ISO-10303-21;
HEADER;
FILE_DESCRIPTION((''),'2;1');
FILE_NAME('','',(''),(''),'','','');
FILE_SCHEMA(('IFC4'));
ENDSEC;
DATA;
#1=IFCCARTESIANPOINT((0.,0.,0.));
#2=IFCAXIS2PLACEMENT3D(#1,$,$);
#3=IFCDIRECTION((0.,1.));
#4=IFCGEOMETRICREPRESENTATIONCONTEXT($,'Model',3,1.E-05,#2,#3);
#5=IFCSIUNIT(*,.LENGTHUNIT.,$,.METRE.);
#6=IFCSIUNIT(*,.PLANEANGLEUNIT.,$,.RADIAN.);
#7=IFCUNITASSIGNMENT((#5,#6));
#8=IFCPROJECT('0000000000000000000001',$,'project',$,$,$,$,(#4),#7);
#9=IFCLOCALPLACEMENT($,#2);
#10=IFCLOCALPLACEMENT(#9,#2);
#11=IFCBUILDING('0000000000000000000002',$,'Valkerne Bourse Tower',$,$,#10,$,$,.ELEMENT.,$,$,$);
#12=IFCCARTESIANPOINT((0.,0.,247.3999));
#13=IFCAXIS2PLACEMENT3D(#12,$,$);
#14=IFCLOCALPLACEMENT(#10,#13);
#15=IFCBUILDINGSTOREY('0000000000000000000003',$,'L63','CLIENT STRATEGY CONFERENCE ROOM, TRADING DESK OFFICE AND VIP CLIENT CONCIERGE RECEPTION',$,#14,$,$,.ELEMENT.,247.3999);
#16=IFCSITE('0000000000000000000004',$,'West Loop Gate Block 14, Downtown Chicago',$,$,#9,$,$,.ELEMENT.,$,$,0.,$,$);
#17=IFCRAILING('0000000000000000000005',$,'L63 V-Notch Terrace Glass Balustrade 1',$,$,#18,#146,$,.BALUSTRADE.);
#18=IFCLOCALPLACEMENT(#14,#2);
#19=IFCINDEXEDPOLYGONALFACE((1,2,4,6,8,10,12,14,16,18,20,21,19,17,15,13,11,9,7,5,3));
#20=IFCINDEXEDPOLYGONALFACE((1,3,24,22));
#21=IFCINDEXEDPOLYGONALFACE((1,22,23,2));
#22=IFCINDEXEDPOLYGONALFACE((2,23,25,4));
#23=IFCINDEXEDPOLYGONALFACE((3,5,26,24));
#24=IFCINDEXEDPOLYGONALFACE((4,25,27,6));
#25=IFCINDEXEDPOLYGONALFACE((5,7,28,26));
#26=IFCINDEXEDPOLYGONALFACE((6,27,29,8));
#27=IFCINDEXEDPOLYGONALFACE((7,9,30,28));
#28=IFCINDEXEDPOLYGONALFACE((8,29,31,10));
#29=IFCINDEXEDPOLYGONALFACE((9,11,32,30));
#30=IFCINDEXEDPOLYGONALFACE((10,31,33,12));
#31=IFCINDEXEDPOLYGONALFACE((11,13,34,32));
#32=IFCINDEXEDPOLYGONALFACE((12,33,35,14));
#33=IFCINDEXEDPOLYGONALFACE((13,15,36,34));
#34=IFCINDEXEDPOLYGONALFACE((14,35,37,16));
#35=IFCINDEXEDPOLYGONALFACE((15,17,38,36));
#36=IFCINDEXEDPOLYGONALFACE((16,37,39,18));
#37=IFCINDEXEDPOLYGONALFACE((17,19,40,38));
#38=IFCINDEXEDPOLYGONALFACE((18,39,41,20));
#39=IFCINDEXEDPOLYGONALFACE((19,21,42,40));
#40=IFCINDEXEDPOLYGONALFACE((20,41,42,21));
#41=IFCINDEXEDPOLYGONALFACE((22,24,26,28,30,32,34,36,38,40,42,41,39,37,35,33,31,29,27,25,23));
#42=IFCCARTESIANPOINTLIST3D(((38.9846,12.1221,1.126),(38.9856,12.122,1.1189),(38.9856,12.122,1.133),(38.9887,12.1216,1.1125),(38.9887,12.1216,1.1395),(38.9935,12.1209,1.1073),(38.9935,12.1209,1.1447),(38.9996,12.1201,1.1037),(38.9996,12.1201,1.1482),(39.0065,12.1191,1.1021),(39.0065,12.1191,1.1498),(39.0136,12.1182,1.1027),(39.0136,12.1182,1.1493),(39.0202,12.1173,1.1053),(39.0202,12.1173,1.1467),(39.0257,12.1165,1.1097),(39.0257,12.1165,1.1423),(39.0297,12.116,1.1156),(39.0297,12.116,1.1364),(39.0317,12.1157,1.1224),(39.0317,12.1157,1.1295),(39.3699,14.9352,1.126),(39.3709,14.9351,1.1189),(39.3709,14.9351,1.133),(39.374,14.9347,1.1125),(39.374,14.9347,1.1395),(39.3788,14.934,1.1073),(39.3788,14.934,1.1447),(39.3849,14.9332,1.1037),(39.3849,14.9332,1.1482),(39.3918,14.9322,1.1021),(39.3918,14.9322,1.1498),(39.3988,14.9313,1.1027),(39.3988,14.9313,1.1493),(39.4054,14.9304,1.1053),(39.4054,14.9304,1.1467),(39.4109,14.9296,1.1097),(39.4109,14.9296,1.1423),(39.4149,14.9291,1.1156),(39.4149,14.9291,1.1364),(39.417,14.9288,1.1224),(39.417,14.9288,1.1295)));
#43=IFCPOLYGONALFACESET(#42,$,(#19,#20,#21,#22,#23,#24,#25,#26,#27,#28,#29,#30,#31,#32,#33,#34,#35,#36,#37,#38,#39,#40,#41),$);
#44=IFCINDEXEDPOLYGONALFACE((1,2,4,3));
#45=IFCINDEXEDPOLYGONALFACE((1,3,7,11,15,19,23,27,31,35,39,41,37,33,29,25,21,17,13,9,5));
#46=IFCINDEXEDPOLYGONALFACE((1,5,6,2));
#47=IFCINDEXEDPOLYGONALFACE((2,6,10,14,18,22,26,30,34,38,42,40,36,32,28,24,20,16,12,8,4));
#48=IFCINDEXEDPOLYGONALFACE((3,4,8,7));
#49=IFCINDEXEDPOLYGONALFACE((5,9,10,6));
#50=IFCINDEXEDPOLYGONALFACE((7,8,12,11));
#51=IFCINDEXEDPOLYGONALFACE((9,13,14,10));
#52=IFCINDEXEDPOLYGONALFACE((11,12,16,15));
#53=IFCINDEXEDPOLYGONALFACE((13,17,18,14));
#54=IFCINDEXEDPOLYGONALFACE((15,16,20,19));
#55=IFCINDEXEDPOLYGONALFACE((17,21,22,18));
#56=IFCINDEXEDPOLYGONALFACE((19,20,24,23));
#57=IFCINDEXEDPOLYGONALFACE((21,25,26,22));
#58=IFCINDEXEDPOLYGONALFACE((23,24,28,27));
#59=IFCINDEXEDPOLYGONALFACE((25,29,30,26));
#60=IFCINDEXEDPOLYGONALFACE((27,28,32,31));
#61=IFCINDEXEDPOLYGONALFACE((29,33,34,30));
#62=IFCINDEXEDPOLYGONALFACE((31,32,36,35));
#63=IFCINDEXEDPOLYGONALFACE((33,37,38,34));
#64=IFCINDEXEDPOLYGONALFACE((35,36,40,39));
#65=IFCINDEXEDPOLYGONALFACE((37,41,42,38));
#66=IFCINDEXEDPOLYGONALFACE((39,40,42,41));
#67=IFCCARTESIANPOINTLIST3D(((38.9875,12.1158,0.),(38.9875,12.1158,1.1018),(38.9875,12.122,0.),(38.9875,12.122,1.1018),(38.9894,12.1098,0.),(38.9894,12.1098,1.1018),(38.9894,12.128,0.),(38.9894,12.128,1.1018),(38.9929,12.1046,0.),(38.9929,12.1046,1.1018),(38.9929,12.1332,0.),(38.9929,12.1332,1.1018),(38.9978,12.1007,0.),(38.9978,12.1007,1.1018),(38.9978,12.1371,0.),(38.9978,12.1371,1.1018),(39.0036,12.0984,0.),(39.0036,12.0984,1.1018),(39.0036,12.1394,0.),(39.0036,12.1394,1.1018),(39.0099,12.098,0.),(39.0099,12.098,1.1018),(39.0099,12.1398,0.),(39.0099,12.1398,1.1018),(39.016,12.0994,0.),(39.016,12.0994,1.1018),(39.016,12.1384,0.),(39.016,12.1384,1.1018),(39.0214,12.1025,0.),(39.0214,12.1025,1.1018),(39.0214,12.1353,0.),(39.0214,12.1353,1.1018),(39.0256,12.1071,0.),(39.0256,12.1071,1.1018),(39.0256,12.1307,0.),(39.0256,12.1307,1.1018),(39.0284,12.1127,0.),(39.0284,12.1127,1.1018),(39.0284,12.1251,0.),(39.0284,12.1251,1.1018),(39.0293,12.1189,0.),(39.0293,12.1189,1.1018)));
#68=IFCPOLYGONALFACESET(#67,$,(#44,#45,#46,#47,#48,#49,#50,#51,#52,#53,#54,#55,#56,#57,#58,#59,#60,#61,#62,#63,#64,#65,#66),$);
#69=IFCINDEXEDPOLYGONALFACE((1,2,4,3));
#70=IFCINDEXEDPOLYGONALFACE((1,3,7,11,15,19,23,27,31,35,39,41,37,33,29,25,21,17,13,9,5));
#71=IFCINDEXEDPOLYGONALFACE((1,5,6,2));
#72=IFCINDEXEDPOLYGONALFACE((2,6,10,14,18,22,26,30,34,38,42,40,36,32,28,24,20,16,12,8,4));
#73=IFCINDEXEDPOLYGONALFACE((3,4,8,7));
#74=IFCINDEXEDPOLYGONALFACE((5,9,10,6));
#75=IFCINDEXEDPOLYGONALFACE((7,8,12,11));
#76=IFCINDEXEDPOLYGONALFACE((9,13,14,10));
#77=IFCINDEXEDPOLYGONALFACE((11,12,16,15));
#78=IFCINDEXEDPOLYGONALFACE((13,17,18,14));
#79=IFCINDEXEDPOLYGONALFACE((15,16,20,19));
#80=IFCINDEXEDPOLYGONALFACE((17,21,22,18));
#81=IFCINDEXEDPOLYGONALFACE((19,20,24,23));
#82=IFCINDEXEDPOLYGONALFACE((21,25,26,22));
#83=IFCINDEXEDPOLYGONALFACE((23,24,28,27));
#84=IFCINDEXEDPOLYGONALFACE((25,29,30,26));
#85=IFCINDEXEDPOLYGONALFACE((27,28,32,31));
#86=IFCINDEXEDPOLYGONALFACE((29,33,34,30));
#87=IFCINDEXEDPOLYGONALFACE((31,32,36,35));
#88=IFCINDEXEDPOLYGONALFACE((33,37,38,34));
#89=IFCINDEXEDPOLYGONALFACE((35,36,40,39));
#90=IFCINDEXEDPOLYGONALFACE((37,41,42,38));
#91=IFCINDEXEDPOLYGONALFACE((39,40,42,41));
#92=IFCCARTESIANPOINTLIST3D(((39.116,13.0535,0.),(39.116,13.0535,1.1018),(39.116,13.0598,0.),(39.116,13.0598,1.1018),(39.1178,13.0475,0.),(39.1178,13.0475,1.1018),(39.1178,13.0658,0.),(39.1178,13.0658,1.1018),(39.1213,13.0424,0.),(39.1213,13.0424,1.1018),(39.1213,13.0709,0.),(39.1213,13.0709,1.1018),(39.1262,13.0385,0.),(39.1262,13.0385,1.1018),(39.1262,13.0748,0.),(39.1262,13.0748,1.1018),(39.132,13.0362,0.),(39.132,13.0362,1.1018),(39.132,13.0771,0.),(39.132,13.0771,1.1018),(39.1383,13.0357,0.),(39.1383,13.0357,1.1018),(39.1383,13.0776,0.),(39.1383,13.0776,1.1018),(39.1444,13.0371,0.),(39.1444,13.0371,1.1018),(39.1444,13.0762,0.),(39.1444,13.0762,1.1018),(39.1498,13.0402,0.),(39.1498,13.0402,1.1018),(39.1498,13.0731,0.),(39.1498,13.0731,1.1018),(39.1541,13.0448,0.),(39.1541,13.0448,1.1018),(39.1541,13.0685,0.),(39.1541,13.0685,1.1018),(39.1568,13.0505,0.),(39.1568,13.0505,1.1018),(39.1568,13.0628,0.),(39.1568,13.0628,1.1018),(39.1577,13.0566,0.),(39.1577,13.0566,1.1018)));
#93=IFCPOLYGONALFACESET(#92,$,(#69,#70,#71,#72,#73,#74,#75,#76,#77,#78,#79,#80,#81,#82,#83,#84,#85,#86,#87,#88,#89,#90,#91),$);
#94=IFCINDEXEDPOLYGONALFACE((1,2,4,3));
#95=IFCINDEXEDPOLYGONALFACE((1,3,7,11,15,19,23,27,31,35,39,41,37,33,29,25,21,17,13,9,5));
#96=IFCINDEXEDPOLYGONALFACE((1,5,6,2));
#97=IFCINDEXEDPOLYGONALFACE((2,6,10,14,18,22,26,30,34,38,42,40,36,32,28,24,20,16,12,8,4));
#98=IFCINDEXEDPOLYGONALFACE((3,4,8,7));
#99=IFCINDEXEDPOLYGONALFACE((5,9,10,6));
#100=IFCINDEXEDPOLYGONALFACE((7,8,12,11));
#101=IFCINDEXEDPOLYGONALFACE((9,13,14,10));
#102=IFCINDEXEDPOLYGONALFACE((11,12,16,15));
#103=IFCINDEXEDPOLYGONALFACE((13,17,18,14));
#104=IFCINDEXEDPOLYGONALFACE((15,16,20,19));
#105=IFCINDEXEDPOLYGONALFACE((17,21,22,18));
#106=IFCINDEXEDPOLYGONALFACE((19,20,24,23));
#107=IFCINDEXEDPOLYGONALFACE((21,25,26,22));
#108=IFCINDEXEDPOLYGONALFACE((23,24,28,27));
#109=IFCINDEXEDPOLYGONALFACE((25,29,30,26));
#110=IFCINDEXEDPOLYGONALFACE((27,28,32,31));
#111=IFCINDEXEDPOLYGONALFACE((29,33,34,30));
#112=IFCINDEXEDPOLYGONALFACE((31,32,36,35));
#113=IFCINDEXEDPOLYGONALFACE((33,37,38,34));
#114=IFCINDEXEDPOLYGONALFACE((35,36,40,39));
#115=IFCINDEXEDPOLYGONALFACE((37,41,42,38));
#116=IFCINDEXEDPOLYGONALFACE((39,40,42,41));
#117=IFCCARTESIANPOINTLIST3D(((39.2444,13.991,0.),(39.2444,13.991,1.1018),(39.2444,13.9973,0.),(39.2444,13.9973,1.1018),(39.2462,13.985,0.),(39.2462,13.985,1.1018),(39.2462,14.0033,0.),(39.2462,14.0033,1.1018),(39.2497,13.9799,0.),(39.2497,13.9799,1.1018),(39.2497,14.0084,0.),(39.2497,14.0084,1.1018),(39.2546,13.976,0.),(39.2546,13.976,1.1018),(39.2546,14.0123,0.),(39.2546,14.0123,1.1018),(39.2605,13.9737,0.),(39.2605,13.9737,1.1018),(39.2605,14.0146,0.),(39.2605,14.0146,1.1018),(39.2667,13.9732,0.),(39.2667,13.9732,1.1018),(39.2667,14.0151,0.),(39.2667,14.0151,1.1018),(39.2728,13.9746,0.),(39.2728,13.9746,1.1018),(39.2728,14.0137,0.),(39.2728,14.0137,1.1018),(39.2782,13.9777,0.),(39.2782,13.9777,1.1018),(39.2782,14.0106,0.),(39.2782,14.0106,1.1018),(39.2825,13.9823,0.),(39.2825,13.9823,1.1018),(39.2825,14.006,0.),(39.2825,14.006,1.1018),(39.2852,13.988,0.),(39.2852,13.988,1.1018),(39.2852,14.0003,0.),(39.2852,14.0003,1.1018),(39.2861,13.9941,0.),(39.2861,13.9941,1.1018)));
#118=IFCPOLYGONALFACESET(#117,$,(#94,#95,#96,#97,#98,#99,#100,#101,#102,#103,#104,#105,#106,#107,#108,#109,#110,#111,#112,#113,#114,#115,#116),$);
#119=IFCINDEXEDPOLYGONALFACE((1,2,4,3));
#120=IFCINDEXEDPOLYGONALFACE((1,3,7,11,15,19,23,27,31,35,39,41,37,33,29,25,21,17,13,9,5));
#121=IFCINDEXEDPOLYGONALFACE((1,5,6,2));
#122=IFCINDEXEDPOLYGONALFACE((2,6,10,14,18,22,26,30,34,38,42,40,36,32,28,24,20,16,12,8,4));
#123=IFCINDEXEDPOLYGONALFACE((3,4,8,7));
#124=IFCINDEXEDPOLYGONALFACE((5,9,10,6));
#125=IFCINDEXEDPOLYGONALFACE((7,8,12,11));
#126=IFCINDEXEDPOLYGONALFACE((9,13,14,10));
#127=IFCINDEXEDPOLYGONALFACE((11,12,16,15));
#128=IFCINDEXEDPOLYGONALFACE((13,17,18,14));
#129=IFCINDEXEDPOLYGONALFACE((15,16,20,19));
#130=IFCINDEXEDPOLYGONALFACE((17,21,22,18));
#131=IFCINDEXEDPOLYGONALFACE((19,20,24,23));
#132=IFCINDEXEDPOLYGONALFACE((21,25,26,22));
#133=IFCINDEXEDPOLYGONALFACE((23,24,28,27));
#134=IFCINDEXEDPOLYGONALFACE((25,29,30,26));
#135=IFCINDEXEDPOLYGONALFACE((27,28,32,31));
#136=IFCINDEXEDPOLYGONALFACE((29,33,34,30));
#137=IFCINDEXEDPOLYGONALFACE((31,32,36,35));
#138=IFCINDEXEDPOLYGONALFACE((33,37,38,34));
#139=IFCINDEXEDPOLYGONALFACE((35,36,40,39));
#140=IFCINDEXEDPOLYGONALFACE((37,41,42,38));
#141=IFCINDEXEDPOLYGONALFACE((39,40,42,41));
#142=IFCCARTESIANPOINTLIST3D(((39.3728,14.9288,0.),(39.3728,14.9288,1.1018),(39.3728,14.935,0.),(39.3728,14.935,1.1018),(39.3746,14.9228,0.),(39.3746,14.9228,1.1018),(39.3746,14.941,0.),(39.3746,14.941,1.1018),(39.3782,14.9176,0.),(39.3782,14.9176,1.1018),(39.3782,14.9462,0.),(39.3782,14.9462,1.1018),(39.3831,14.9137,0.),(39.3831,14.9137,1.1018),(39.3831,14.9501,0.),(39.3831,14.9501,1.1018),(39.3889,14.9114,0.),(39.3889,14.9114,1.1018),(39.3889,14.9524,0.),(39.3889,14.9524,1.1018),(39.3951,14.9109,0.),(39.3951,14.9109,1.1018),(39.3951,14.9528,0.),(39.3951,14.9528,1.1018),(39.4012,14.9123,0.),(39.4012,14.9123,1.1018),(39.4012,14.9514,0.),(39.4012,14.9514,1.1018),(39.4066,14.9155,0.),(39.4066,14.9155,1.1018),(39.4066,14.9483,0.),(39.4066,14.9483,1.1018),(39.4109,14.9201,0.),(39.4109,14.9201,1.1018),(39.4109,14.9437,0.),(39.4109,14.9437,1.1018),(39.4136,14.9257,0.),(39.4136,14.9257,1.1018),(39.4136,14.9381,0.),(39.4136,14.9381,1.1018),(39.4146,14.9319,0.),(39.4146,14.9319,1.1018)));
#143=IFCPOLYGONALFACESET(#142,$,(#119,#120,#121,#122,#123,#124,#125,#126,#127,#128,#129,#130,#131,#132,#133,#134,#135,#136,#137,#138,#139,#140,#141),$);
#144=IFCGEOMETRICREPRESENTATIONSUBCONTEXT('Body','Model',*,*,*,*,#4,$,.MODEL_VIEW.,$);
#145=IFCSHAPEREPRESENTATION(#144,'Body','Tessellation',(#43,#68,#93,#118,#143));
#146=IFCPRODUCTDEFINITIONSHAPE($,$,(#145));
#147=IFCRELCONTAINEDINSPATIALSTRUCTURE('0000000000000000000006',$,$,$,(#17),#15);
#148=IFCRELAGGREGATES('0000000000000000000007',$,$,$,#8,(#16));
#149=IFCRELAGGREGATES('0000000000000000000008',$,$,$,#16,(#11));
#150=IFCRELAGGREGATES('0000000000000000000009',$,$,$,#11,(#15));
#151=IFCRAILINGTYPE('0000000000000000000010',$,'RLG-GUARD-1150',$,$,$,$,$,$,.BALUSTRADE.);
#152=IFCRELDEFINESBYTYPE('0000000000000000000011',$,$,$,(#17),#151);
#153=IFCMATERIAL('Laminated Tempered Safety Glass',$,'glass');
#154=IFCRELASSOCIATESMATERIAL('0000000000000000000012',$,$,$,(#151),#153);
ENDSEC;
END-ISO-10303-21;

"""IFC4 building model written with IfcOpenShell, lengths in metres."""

from ifc_helpers import new_model, si_unit, direction, frame, origin, origin_2d, place, context, subcontext, project, spatial, circle, extrude, material, type_object, element, save


model = new_model("IFC4")

# Units and contexts
model_context = context("Model", 3, precision=1e-05, world=origin(), true_north=direction((0.0, 1.0)))
body_context = subcontext(model_context, "Body", "Model", "MODEL_VIEW")
ifc_project = project(units=[si_unit("LENGTHUNIT", "METRE"), si_unit("PLANEANGLEUNIT", "RADIAN")], contexts=[model_context])

# Site, building, storey
site_placement = place(None, origin())
site = spatial("IfcSite", under=ifc_project, at=site_placement, Name="West Loop Gate Block 14, Downtown Chicago", CompositionType="ELEMENT", RefElevation=0.0)
building_placement = place(site_placement, origin())
building = spatial("IfcBuilding", under=site, at=building_placement, Name="Valkerne Bourse Tower", CompositionType="ELEMENT")
storey_placement = place(building_placement, frame((0.0, 0.0, 247.3999)))
storey = spatial("IfcBuildingStorey", under=building, at=storey_placement, Name="L63", Description="CLIENT STRATEGY CONFERENCE ROOM, TRADING DESK OFFICE AND VIP CLIENT CONCIERGE RECEPTION", CompositionType="ELEMENT", Elevation=247.3999)

# Railing
ifc_material_1 = material(Name="Laminated Tempered Safety Glass", Category="glass")
railing_type = type_object("IfcRailingType", Name="RLG-GUARD-1150", PredefinedType="BALUSTRADE", material=ifc_material_1)
railing_placement = place(storey_placement, frame((39.0083, 12.1189, 0.0)))
element("IfcRailing", 1, at=railing_placement, inside=storey, type_object=railing_type, Name="L63 V-Notch Terrace Glass Balustrade 1", PredefinedType="BALUSTRADE", context=body_context, shape_type="SweptSolid", body=[
    extrude(circle(Radius=0.0239, at=origin_2d()), frame((0.0, 0.0, 1.126), z_axis=(0.135689, 0.990752, 0.0), x_axis=(-0.990752, 0.135689, 0.0)), (0.0, 0.0, 1.0), 2.8394),
    extrude(circle(Radius=0.021, at=origin_2d()), origin(), (0.0, 0.0, 1.0), 1.1018),
    extrude(circle(Radius=0.021, at=origin_2d()), frame((0.1284, 0.9377, 0.0)), (0.0, 0.0, 1.0), 1.1018),
    extrude(circle(Radius=0.021, at=origin_2d()), frame((0.2568, 1.8752, 0.0)), (0.0, 0.0, 1.0), 1.1018),
    extrude(circle(Radius=0.021, at=origin_2d()), frame((0.3853, 2.813, 0.0)), (0.0, 0.0, 1.0), 1.1018),
])

save(model, "model.ifc")
